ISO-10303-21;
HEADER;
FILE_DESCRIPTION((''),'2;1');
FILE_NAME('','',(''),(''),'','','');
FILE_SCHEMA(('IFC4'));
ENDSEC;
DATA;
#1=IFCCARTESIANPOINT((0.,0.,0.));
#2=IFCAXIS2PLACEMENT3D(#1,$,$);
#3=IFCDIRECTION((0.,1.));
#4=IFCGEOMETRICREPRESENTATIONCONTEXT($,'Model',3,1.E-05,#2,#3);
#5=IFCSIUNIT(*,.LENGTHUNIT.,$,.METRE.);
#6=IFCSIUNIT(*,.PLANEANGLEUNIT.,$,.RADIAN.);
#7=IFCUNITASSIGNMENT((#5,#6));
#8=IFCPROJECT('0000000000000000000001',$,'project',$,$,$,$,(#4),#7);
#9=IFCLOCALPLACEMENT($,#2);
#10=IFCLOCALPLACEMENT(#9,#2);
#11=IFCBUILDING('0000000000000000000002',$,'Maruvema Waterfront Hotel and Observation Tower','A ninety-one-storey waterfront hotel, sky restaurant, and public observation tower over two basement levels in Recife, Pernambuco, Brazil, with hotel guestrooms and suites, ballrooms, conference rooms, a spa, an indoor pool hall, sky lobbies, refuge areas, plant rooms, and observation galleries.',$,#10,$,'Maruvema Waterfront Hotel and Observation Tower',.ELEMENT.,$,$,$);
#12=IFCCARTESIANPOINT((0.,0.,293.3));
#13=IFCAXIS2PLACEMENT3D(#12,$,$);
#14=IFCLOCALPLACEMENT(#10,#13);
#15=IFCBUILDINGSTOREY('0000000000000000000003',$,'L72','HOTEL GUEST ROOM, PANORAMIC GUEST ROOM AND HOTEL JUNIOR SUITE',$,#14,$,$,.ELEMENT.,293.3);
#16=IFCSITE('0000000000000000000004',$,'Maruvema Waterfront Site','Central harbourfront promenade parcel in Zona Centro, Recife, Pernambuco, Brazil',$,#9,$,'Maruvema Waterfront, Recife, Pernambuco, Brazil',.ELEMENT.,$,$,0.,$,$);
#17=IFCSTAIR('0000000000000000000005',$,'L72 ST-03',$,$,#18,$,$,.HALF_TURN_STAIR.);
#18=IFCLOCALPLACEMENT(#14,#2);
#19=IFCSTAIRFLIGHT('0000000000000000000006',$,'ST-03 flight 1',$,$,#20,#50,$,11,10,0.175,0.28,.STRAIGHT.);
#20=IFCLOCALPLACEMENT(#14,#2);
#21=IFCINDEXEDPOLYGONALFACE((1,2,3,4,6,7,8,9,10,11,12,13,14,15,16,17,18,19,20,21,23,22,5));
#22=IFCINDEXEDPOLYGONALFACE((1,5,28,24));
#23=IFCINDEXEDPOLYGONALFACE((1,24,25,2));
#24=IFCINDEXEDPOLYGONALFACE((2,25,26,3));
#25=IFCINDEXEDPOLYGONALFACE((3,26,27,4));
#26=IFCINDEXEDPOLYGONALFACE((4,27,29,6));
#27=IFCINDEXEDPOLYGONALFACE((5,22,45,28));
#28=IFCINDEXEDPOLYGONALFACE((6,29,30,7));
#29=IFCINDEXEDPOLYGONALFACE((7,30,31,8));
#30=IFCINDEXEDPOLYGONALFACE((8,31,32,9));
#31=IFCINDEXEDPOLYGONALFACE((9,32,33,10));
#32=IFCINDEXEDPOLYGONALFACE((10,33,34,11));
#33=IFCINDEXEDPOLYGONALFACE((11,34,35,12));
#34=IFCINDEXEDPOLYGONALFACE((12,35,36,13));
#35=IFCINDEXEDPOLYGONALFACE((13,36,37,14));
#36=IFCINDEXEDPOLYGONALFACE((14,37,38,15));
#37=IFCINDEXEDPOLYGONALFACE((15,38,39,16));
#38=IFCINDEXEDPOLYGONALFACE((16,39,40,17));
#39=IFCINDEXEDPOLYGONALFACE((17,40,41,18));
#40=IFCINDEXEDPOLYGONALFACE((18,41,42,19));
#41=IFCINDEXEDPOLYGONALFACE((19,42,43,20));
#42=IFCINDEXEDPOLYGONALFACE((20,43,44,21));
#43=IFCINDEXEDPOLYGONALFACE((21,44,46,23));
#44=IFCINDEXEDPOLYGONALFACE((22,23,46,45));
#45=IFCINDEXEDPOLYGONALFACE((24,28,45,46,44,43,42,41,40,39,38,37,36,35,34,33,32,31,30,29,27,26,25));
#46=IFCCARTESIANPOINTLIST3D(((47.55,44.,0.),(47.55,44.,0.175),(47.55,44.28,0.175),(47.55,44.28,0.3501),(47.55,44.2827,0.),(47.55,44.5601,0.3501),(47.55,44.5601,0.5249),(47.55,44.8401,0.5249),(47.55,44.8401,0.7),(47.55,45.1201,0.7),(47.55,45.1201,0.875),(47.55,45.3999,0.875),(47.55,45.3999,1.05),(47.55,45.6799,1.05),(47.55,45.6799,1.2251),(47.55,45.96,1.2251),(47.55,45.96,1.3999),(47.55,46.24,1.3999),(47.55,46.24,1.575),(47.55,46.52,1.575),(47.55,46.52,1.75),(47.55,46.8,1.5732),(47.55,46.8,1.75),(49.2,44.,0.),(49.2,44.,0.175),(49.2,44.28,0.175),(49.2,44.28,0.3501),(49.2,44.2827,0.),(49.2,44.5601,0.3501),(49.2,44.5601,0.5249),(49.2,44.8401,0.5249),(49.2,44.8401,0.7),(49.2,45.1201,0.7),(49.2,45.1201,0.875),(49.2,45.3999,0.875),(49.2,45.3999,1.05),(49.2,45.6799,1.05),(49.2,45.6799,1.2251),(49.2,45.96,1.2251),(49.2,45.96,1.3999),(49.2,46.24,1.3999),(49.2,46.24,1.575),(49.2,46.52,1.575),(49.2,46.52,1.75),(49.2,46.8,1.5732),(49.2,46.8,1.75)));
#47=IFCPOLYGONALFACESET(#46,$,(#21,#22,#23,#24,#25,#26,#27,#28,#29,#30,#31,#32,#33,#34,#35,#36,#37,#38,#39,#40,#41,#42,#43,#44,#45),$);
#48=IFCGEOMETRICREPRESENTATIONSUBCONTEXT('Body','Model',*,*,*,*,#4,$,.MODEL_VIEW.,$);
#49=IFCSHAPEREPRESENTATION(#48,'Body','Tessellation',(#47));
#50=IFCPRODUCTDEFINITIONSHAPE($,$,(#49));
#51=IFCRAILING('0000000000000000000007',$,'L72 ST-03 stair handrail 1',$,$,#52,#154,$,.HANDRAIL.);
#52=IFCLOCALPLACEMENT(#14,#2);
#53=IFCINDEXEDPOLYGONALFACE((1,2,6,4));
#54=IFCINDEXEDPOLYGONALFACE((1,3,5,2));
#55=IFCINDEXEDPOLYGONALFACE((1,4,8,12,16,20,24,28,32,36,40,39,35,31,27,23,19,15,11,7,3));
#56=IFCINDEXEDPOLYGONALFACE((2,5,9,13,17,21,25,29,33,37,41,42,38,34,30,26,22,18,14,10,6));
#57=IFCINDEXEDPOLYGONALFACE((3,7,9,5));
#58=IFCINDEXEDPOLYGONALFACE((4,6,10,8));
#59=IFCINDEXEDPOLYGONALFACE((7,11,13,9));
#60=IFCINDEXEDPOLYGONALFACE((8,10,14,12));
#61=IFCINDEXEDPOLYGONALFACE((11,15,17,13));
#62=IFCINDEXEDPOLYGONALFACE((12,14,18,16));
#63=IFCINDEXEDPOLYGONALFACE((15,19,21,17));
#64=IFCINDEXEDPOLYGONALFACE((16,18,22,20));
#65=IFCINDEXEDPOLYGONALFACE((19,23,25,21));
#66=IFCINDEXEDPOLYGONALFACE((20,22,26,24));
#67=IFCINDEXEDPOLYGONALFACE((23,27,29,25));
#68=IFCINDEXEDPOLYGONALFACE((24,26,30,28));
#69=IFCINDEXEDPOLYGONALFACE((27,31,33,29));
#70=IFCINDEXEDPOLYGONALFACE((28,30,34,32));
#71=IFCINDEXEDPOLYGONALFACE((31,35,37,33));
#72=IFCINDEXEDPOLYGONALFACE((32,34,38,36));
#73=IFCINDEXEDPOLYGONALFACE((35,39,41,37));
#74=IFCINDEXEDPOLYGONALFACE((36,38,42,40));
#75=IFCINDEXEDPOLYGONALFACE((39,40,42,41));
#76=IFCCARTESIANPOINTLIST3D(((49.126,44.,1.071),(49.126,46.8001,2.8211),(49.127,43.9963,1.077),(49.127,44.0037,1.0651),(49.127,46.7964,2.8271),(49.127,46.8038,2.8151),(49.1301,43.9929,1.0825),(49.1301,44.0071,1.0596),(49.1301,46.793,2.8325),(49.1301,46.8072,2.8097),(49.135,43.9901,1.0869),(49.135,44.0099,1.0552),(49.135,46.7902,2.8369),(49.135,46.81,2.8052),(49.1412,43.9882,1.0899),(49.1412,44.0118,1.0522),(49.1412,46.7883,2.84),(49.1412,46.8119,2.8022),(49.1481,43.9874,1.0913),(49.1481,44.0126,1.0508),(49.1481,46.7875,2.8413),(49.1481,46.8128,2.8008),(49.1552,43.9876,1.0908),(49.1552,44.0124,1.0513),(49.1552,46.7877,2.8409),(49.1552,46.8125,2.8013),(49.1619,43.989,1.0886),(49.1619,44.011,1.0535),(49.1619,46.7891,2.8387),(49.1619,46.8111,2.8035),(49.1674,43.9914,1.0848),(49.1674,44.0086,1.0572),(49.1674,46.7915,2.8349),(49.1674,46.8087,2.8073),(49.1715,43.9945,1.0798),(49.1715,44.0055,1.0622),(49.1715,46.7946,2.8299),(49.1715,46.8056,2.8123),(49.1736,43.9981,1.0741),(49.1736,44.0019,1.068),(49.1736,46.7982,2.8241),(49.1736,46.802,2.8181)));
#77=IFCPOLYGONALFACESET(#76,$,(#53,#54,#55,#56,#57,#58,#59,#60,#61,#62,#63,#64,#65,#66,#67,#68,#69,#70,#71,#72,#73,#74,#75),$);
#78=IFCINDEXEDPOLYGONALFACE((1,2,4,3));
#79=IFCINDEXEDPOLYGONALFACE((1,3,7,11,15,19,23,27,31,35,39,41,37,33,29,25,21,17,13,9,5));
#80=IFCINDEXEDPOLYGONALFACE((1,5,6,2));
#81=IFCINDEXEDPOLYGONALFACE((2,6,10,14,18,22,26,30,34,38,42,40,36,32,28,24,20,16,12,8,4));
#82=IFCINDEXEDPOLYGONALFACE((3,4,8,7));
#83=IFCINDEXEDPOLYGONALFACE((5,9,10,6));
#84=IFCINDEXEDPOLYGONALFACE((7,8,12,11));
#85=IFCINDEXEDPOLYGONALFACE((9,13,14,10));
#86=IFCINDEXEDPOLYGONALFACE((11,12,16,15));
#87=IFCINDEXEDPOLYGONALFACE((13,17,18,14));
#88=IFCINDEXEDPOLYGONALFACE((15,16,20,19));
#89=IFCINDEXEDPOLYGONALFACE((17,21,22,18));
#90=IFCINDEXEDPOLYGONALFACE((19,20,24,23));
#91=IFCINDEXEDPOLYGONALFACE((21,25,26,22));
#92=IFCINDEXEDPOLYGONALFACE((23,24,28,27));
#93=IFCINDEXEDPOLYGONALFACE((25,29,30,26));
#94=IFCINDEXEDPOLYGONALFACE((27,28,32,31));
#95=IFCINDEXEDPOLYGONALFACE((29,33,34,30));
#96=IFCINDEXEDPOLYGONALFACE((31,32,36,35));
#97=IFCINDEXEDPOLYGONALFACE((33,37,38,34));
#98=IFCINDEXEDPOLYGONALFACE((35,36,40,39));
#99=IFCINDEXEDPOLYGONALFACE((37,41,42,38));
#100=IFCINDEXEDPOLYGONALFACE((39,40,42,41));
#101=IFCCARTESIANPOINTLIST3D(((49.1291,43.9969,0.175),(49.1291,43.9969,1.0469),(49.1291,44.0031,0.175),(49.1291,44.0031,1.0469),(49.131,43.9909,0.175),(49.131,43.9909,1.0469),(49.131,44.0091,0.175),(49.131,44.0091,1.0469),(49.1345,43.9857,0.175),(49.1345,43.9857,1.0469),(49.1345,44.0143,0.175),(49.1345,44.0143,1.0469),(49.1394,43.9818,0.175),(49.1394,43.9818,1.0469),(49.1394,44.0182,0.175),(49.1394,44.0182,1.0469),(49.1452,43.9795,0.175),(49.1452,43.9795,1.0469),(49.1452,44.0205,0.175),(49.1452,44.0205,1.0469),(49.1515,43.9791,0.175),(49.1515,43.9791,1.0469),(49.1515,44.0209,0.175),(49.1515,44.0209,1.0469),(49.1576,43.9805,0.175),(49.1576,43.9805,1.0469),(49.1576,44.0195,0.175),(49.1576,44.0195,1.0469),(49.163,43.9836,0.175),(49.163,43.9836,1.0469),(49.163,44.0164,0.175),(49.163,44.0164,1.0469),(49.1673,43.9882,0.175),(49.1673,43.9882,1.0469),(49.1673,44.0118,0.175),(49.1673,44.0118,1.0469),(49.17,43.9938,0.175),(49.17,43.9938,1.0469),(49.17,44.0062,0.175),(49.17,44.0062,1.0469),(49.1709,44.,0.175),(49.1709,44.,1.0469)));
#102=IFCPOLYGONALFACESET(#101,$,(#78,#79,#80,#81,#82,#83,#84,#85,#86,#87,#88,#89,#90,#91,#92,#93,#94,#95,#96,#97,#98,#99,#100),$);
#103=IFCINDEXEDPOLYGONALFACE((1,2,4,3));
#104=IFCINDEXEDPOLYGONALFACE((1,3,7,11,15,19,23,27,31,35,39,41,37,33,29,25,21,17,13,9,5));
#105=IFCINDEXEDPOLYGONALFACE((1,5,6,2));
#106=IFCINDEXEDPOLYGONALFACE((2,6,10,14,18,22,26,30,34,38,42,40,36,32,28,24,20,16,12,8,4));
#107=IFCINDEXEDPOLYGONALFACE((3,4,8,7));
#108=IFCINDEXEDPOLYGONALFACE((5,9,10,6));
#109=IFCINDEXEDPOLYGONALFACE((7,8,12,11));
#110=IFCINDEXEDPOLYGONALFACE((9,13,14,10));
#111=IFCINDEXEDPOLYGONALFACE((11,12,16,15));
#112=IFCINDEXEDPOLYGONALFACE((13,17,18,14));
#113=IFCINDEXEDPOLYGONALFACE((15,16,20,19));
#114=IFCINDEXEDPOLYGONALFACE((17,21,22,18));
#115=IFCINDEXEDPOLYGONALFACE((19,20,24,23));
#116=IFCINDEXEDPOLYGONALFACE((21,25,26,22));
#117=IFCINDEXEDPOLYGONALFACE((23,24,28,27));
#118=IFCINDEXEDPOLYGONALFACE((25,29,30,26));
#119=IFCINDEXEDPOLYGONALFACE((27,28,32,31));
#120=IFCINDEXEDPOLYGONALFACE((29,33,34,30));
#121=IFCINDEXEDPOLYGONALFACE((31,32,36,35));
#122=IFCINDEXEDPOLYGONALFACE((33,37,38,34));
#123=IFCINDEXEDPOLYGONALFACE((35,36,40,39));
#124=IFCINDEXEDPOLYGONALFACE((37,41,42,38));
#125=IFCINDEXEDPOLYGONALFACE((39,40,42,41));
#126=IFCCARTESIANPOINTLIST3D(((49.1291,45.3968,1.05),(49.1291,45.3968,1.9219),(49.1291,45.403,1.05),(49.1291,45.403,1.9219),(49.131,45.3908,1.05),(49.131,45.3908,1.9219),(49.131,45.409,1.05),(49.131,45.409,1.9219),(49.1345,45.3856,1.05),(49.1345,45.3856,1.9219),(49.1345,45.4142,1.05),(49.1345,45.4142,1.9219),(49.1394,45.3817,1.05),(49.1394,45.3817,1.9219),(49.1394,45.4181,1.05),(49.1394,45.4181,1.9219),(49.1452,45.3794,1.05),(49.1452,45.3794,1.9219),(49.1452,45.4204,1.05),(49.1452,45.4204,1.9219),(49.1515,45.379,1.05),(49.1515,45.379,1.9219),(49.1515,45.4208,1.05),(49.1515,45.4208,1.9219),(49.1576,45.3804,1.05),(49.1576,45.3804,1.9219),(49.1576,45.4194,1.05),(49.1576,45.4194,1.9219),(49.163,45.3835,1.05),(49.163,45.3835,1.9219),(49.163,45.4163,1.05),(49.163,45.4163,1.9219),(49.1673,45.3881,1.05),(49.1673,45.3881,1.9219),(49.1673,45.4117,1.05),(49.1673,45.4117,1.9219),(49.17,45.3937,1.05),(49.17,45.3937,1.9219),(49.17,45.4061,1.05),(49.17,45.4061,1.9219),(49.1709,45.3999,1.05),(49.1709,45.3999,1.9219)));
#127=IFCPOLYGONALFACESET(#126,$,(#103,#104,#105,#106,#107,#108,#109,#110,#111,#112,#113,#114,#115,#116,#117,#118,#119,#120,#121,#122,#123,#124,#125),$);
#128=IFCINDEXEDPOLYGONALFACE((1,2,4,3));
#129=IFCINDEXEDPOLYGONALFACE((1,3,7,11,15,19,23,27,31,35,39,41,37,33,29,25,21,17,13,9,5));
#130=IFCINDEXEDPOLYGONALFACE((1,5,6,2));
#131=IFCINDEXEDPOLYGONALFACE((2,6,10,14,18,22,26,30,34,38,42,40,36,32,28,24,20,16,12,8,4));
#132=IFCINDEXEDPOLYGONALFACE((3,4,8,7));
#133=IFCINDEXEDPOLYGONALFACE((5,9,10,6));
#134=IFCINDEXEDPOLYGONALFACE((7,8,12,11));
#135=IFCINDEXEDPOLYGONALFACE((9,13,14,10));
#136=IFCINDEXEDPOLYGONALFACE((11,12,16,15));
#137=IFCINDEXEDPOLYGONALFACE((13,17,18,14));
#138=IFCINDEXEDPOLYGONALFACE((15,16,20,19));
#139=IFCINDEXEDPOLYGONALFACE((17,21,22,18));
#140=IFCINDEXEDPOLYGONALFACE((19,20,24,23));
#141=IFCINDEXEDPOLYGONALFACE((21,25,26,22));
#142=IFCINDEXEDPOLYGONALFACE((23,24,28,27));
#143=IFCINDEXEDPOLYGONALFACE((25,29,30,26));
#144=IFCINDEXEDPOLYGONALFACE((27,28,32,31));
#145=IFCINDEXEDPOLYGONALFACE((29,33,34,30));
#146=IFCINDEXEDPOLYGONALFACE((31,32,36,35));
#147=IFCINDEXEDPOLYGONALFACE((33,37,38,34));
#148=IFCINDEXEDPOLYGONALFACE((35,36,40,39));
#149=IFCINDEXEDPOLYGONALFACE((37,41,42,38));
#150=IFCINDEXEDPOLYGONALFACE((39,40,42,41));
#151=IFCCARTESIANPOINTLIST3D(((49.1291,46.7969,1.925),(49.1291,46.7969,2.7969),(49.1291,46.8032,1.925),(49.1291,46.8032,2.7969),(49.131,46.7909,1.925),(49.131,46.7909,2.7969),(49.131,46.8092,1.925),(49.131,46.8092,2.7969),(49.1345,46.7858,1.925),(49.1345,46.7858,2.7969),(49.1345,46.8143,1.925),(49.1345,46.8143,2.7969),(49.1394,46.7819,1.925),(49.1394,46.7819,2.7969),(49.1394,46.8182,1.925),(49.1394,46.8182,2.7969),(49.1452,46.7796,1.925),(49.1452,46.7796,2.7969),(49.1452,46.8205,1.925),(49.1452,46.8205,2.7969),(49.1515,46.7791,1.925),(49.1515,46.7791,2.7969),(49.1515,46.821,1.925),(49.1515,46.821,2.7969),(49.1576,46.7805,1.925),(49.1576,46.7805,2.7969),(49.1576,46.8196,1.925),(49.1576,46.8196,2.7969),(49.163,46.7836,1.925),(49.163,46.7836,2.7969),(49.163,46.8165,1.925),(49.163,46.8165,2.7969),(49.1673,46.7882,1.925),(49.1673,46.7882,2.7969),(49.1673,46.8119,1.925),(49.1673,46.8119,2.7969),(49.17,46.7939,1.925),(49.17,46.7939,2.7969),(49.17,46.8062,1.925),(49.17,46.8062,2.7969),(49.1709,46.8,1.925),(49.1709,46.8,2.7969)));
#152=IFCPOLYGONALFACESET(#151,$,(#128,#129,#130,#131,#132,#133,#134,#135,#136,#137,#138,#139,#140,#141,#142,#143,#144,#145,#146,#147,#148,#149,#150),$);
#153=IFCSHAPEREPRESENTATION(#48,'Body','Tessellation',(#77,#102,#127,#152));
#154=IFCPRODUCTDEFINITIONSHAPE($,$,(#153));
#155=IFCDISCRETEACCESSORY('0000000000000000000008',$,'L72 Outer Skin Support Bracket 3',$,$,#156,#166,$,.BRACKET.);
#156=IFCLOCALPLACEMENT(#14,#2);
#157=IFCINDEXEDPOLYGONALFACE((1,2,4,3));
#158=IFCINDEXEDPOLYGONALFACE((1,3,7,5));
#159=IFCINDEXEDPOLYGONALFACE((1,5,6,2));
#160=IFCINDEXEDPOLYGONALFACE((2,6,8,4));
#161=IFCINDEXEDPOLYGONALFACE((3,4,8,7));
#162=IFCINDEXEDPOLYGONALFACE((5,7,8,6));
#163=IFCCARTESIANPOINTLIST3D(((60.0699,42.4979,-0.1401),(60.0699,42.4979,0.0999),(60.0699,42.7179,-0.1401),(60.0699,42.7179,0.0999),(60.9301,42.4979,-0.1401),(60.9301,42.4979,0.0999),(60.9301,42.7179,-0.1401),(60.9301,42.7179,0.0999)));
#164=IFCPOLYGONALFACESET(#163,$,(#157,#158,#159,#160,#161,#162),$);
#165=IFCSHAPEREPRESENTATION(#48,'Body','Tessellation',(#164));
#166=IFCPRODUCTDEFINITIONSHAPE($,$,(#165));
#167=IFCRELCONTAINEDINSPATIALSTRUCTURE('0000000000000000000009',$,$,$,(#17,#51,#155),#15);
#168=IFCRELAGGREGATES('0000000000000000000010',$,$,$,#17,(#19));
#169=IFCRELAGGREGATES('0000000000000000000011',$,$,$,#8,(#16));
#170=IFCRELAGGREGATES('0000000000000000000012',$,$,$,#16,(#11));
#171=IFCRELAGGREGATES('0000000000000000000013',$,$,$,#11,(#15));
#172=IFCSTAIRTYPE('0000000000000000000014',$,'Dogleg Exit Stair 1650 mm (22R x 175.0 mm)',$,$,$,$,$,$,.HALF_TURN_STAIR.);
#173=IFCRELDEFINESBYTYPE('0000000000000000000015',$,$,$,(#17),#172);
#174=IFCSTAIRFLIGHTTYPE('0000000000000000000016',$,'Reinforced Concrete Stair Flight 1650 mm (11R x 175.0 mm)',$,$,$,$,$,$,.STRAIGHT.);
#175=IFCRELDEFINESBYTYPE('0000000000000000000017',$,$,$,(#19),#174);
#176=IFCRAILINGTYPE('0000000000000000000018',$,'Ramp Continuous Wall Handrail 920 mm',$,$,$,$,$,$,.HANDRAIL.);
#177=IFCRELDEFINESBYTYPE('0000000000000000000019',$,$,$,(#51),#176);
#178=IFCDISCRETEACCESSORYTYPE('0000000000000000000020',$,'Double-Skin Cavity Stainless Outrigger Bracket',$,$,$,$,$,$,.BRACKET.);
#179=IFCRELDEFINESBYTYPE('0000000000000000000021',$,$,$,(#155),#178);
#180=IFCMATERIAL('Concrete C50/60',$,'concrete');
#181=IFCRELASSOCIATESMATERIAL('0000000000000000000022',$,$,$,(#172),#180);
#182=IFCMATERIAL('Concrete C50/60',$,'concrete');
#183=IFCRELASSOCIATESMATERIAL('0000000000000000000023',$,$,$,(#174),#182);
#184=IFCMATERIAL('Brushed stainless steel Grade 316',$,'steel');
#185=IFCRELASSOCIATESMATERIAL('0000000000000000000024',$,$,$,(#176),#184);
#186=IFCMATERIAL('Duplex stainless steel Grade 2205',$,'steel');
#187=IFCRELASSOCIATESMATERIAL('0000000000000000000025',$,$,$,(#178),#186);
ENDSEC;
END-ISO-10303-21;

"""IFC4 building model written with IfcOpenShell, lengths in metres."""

from ifc_helpers import new_model, si_unit, direction, frame, origin, origin_2d, place, context, subcontext, project, spatial, polyline, rectangle, circle, outline, extrude, material, type_object, element, aggregate, save


model = new_model("IFC4")

# Units and contexts
model_context = context("Model", 3, precision=1e-05, world=origin(), true_north=direction((0.0, 1.0)))
body_context = subcontext(model_context, "Body", "Model", "MODEL_VIEW")
ifc_project = project(units=[si_unit("LENGTHUNIT", "METRE"), si_unit("PLANEANGLEUNIT", "RADIAN")], contexts=[model_context])

# Site, building, storey
site_placement = place(None, origin())
site = spatial("IfcSite", under=ifc_project, at=site_placement, Name="Maruvema Waterfront Site", Description="Central harbourfront promenade parcel in Zona Centro, Recife, Pernambuco, Brazil", LongName="Maruvema Waterfront, Recife, Pernambuco, Brazil", CompositionType="ELEMENT", RefElevation=0.0)
building_placement = place(site_placement, origin())
building = spatial("IfcBuilding", under=site, at=building_placement, Name="Maruvema Waterfront Hotel and Observation Tower", Description="A ninety-one-storey waterfront hotel, sky restaurant, and public observation tower over two basement levels in Recife, Pernambuco, Brazil, with hotel guestrooms and suites, ballrooms, conference rooms, a spa, an indoor pool hall, sky lobbies, refuge areas, plant rooms, and observation galleries.", LongName="Maruvema Waterfront Hotel and Observation Tower", CompositionType="ELEMENT")
storey_placement = place(building_placement, frame((0.0, 0.0, 293.3)))
storey = spatial("IfcBuildingStorey", under=building, at=storey_placement, Name="L72", Description="HOTEL GUEST ROOM, PANORAMIC GUEST ROOM AND HOTEL JUNIOR SUITE", CompositionType="ELEMENT", Elevation=293.3)

# Stair, stair flight
ifc_material_1 = material(Name="Concrete C50/60", Category="concrete")
stair_type = type_object("IfcStairType", Name="Dogleg Exit Stair 1650 mm (22R x 175.0 mm)", PredefinedType="HALF_TURN_STAIR", material=ifc_material_1)
stair_placement = place(storey_placement, origin())
stair = element("IfcStair", 1, at=stair_placement, inside=storey, type_object=stair_type, Name="L72 ST-03", PredefinedType="HALF_TURN_STAIR")
ifc_material_2 = material(Name="Concrete C50/60", Category="concrete")
stair_flight_type = type_object("IfcStairFlightType", Name="Reinforced Concrete Stair Flight 1650 mm (11R x 175.0 mm)", PredefinedType="STRAIGHT", material=ifc_material_2)
stair_flight_placement = place(storey_placement, frame((48.375, 44.0, 0.0), z_axis=(0.0, 0.0, 1.0), x_axis=(0.0, 1.0, 0.0)))
stair_flight = element("IfcStairFlight", 2, at=stair_flight_placement, type_object=stair_flight_type, Name="ST-03 flight 1", NumberOfRisers=11, NumberOfTreads=10, PredefinedType="STRAIGHT", RiserHeight=0.175, TreadLength=0.28, context=body_context, shape_type="SweptSolid", body=[
    extrude(outline(polyline([(0.0, 0.0), (0.0, 0.175), (0.28, 0.175), (0.28, 0.3501), (0.5601, 0.3501), (0.5601, 0.5249), (0.8401, 0.5249), (0.8401, 0.7), (1.1201, 0.7), (1.1201, 0.875), (1.3999, 0.875), (1.3999, 1.05), (1.6799, 1.05), (1.6799, 1.2251), (1.96, 1.2251), (1.96, 1.3999), (2.24, 1.3999), (2.24, 1.575), (2.52, 1.575), (2.52, 1.75), (2.8, 1.75), (2.8, 1.925), (2.8, 1.5732), (0.2827, 0.0), (0.0, 0.0)])), frame((0.0, 0.825, 0.0), z_axis=(0.0, -1.0, 0.0), x_axis=(1.0, 0.0, 0.0)), (0.0, 0.0, 1.0), 1.6499),
])
aggregate(stair, [stair_flight])

# Railing
ifc_material_3 = material(Name="Brushed stainless steel Grade 316", Category="steel")
railing_type = type_object("IfcRailingType", Name="Ramp Continuous Wall Handrail 920 mm", PredefinedType="HANDRAIL", material=ifc_material_3)
railing_placement = place(storey_placement, frame((49.1499, 44.0, 0.175)))
element("IfcRailing", 3, at=railing_placement, inside=storey, type_object=railing_type, Name="L72 ST-03 stair handrail 1", PredefinedType="HANDRAIL", context=body_context, shape_type="SweptSolid", body=[
    extrude(circle(Radius=0.0239, at=origin_2d()), frame((0.0, 0.0, 0.896), z_axis=(0.0, 0.848002, 0.529992), x_axis=(-1.0, 0.0, 0.0)), (0.0, 0.0, 1.0), 3.302),
    extrude(circle(Radius=0.021, at=origin_2d()), origin(), (0.0, 0.0, 1.0), 0.8718),
    extrude(circle(Radius=0.021, at=origin_2d()), frame((0.0, 1.3999, 0.875)), (0.0, 0.0, 1.0), 0.8718),
    extrude(circle(Radius=0.021, at=origin_2d()), frame((0.0, 2.8, 1.75)), (0.0, 0.0, 1.0), 0.8718),
])

# Discrete accessory
ifc_material_4 = material(Name="Duplex stainless steel Grade 2205", Category="steel")
discrete_accessory_type = type_object("IfcDiscreteAccessoryType", Name="Double-Skin Cavity Stainless Outrigger Bracket", PredefinedType="BRACKET", material=ifc_material_4)
discrete_accessory_placement = place(storey_placement, frame((60.5, 42.6079, -0.1401), z_axis=(0.0, 0.0, 1.0), x_axis=(0.0, 1.0, 0.0)))
element("IfcDiscreteAccessory", 4, at=discrete_accessory_placement, inside=storey, type_object=discrete_accessory_type, Name="L72 Outer Skin Support Bracket 3", PredefinedType="BRACKET", context=body_context, shape_type="SweptSolid", body=[
    extrude(rectangle(XDim=0.22, YDim=0.8601, at=origin_2d()), origin(), (0.0, 0.0, 1.0), 0.24),
])

save(model, "model.ifc")
